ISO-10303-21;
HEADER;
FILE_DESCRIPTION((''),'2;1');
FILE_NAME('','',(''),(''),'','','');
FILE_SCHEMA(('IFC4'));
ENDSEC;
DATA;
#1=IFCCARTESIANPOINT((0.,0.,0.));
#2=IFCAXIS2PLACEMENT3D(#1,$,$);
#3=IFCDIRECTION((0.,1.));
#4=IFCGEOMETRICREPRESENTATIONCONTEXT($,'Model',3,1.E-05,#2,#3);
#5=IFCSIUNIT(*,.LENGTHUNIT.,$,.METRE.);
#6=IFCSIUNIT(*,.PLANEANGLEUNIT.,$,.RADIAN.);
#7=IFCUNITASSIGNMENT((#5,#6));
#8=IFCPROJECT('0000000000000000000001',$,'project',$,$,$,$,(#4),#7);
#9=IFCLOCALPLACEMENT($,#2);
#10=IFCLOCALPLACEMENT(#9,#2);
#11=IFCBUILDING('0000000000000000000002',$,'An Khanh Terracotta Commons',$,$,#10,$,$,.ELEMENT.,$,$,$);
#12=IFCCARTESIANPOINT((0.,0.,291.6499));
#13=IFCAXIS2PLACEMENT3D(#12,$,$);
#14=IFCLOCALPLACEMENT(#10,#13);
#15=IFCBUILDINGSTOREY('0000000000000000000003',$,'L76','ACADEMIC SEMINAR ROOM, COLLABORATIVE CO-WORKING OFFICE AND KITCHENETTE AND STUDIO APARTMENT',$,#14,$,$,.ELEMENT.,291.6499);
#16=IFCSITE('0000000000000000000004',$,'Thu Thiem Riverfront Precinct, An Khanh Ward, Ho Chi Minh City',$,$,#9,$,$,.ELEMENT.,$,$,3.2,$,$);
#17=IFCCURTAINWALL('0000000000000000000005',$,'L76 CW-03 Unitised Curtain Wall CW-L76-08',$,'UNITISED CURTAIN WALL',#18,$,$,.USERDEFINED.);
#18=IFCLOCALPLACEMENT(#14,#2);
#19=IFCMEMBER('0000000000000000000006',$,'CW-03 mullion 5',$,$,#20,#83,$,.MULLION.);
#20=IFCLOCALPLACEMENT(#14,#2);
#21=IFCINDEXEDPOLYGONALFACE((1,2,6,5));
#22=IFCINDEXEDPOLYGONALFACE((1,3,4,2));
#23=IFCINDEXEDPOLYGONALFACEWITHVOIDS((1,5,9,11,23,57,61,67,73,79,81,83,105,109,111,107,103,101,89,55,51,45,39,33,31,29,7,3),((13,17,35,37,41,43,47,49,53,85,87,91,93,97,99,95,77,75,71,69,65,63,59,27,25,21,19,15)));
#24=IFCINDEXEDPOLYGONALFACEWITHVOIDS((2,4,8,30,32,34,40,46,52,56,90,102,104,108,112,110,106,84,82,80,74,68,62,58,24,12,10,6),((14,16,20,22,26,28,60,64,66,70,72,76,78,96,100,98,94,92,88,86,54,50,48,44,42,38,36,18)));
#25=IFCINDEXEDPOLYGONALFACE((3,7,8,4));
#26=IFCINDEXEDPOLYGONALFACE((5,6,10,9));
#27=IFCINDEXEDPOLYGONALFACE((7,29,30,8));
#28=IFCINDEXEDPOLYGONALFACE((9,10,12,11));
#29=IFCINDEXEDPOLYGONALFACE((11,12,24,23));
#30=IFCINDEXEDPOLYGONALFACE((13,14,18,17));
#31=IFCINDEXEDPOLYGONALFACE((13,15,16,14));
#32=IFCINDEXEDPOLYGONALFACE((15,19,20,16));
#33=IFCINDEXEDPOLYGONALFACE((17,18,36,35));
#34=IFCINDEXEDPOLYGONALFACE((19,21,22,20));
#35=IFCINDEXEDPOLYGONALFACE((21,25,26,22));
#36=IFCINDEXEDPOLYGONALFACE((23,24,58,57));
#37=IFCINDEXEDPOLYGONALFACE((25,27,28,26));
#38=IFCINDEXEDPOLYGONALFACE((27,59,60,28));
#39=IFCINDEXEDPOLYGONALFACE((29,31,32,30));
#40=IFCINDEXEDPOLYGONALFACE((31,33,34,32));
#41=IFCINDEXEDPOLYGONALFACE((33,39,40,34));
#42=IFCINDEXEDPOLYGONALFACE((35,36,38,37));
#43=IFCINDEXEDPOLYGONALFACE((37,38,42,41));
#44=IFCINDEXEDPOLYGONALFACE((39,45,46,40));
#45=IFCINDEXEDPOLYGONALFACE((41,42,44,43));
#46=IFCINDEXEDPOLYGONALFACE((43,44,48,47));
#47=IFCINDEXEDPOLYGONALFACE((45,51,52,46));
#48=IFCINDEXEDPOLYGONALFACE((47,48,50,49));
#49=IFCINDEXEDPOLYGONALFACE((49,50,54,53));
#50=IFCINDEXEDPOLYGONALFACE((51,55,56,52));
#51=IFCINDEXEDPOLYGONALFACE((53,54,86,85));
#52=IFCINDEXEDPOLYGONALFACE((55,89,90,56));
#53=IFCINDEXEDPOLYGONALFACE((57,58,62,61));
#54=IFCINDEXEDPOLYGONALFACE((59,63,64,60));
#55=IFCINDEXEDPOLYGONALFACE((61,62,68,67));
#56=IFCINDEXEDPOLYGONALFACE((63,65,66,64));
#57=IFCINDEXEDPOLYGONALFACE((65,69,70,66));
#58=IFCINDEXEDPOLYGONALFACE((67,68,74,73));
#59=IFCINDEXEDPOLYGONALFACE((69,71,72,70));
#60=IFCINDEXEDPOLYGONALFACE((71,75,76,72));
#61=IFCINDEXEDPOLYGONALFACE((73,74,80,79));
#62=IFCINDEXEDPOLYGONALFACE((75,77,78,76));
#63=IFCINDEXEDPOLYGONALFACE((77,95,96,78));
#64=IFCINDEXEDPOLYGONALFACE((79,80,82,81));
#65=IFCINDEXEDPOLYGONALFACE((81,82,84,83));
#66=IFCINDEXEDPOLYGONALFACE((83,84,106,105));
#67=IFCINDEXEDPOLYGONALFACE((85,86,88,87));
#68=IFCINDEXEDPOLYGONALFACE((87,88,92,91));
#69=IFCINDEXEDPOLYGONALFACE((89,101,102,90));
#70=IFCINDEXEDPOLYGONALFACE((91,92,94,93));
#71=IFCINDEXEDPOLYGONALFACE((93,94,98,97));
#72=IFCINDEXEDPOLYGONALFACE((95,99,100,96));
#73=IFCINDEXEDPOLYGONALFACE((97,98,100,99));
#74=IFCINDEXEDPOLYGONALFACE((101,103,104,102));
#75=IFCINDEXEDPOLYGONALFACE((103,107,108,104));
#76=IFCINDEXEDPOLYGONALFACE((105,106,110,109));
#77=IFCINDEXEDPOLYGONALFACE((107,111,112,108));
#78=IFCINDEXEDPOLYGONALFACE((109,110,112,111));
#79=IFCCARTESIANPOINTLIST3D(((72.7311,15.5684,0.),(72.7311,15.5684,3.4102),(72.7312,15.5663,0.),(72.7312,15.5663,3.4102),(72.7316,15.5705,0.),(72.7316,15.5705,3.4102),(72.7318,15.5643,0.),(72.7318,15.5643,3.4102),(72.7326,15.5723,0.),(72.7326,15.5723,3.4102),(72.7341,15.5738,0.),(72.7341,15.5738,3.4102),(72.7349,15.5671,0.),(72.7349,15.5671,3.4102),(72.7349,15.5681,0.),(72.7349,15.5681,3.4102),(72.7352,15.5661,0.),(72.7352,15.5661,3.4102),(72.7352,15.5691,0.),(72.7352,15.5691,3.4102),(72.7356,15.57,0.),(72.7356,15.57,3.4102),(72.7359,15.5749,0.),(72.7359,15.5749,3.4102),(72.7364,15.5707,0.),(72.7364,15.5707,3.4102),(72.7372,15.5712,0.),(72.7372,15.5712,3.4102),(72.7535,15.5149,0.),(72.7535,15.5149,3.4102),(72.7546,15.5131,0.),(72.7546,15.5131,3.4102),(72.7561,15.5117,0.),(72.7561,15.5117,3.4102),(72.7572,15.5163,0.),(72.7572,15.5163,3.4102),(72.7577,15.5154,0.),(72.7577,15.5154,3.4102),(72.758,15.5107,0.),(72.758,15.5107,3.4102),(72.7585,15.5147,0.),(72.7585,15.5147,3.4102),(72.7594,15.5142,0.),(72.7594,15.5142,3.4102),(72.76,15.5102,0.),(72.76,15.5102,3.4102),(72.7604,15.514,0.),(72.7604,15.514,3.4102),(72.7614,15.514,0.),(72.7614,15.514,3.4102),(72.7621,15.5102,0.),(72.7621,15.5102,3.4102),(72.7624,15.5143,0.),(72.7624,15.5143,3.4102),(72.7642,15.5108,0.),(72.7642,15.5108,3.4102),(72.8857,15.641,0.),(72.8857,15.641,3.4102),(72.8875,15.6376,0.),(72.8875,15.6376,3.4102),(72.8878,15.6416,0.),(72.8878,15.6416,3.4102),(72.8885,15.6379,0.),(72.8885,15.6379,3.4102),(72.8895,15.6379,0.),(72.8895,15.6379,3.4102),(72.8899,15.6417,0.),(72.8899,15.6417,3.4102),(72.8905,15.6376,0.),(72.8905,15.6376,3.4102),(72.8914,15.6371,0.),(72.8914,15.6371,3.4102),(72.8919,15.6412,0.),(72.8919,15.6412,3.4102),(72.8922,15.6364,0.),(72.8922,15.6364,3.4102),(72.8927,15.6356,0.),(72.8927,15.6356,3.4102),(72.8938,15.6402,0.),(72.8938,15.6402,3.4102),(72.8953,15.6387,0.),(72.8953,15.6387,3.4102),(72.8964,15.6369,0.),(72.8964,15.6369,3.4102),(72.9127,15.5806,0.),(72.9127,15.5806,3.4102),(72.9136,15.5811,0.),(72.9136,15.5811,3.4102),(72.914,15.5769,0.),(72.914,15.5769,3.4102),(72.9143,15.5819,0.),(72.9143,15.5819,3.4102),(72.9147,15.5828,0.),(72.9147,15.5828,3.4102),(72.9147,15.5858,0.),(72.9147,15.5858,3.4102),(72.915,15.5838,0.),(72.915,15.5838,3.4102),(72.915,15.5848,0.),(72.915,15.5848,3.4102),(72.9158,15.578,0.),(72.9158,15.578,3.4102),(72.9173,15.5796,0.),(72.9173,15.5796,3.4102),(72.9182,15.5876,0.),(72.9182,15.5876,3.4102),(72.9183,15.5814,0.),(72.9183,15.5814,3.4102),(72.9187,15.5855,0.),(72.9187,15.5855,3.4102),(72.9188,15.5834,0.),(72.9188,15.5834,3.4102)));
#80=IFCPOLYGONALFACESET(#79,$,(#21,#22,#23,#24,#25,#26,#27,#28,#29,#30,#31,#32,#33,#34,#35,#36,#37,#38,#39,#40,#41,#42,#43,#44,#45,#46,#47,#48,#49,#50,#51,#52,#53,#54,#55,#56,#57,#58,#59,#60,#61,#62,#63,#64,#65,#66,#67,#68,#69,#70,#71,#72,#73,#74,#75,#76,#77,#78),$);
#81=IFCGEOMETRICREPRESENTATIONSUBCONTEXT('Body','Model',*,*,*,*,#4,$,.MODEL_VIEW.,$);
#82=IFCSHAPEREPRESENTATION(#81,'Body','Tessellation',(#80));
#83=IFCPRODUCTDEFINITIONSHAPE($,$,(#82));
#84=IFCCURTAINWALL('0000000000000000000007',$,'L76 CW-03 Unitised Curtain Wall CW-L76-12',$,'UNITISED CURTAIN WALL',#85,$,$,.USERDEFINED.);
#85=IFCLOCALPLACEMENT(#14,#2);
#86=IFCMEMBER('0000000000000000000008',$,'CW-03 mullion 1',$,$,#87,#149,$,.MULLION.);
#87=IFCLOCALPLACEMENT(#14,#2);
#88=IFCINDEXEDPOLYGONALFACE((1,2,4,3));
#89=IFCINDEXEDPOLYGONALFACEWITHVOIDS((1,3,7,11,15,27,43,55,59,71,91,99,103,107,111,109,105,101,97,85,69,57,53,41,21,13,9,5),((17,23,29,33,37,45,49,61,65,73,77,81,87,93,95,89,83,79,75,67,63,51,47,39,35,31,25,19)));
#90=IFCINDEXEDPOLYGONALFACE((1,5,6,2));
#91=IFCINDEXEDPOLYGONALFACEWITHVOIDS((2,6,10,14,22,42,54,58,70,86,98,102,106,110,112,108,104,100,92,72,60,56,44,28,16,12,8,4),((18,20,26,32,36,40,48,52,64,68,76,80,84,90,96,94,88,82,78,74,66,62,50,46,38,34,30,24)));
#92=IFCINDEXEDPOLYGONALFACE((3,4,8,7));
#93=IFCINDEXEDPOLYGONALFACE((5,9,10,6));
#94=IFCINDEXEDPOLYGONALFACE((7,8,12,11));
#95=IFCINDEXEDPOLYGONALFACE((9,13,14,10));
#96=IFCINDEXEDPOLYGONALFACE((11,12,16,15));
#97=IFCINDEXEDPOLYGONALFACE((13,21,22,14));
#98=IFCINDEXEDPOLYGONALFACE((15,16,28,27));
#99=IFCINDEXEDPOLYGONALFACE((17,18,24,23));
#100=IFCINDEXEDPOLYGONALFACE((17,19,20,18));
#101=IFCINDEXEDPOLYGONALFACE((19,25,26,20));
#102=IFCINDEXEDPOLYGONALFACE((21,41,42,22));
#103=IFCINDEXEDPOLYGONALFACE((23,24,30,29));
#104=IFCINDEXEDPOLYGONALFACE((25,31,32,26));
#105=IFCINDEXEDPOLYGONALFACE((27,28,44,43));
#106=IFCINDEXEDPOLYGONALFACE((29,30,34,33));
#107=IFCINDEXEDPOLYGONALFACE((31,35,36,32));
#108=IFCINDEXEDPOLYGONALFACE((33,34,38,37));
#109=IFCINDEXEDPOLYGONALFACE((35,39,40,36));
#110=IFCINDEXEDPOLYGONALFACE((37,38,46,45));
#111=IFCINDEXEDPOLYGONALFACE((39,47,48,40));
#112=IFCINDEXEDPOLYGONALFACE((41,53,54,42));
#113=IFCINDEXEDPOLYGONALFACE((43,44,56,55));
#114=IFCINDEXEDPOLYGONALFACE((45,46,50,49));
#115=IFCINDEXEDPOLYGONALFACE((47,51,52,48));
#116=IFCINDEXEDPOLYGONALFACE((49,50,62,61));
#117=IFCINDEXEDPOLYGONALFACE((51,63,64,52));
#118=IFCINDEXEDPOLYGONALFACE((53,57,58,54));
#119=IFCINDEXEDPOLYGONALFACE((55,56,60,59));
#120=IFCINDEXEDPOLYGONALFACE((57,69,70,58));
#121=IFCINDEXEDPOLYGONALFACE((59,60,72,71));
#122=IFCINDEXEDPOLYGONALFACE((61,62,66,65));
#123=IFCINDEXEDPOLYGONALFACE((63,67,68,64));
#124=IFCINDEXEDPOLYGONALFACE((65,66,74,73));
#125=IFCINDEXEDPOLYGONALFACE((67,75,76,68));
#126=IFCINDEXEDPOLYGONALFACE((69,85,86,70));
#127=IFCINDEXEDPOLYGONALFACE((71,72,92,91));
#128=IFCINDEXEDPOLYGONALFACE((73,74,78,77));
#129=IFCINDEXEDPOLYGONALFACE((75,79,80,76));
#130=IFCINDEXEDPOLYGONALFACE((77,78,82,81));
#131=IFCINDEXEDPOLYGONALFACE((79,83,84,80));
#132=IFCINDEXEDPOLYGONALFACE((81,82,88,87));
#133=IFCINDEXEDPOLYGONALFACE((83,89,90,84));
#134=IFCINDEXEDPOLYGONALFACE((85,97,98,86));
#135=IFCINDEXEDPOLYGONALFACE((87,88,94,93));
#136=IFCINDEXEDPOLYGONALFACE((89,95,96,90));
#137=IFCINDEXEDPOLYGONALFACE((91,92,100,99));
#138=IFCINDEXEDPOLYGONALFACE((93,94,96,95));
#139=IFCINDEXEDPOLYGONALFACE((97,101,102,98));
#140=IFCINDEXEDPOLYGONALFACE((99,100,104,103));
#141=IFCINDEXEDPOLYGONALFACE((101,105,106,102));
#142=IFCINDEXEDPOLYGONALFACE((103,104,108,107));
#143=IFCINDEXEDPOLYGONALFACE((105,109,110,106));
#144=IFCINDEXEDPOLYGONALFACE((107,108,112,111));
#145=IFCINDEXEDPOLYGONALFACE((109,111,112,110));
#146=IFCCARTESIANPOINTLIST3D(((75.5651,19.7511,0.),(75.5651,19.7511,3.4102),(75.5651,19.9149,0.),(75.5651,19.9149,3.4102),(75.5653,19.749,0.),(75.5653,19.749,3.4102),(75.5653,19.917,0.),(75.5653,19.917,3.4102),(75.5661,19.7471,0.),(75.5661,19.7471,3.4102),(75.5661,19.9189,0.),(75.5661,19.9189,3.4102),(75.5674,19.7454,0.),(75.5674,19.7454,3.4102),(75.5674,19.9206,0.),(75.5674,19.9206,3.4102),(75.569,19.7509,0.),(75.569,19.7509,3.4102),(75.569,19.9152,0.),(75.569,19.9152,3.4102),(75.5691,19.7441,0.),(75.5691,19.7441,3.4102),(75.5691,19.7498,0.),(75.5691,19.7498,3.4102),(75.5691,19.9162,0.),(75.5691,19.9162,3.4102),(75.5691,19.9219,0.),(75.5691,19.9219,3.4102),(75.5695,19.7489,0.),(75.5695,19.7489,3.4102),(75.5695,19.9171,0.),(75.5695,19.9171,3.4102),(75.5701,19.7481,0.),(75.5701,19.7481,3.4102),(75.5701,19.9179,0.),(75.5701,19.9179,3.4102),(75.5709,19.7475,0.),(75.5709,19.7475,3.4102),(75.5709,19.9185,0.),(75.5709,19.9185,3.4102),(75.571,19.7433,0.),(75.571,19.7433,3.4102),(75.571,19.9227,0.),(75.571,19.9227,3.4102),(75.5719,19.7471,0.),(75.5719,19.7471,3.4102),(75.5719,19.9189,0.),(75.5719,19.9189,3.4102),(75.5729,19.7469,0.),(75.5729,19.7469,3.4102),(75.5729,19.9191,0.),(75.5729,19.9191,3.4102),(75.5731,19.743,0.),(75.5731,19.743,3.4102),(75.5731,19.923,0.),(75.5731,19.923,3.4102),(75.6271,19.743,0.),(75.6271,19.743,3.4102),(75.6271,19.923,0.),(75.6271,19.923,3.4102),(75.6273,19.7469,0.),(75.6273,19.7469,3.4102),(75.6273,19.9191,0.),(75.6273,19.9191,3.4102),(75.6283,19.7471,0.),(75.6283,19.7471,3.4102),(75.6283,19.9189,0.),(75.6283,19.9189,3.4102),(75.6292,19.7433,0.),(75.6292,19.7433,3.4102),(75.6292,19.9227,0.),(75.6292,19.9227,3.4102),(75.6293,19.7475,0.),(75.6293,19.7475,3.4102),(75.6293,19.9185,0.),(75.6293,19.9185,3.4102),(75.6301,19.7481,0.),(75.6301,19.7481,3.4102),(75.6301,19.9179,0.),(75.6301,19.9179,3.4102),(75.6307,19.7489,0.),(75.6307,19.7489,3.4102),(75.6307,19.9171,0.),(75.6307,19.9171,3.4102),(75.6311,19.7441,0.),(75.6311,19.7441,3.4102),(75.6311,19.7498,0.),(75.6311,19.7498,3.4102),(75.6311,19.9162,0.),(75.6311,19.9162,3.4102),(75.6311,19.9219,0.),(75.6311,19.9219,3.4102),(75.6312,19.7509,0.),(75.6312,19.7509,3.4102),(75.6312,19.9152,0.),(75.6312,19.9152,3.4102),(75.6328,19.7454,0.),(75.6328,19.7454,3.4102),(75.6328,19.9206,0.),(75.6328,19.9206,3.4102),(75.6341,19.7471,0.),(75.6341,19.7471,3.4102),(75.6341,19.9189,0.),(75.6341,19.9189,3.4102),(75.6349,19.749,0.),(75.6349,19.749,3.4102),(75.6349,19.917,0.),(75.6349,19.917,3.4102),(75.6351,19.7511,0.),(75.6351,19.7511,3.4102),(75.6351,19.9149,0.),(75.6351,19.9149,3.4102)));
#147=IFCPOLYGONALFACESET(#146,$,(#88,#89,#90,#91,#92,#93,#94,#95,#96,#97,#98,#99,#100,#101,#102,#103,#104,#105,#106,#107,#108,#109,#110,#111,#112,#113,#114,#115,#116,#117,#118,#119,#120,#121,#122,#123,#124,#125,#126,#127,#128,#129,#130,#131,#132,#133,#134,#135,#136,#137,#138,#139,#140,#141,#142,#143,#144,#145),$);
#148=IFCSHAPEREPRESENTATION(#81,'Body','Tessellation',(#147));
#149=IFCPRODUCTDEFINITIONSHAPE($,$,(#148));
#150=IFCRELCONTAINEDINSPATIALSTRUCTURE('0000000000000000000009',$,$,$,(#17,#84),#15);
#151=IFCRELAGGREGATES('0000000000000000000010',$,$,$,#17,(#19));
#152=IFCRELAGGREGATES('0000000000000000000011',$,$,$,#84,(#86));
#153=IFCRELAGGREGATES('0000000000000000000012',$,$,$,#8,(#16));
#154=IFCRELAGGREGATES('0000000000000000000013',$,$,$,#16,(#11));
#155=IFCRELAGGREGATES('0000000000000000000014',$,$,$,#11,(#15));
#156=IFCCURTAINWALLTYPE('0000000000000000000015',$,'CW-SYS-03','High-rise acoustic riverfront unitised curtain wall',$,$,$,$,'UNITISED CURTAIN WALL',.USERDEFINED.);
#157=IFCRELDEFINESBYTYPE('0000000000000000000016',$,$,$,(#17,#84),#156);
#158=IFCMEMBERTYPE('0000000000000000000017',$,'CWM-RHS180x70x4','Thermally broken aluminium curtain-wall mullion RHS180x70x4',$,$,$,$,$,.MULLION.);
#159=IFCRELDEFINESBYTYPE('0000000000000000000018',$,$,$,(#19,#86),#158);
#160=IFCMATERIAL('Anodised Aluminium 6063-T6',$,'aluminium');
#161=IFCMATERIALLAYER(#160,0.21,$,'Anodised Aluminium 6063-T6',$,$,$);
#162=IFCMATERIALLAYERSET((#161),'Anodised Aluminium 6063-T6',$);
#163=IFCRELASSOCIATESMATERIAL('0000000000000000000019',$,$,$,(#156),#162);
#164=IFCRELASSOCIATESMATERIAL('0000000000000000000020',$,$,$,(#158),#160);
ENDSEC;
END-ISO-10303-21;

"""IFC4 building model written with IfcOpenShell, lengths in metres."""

from ifc_helpers import new_model, si_unit, direction, frame, origin, origin_2d, place, context, subcontext, project, spatial, hollow_rectangle, extrude, material, layer, layer_set, material_profile, profile_set, type_object, element, aggregate, save


model = new_model("IFC4")

# Units and contexts
model_context = context("Model", 3, precision=1e-05, world=origin(), true_north=direction((0.0, 1.0)))
body_context = subcontext(model_context, "Body", "Model", "MODEL_VIEW")
ifc_project = project(units=[si_unit("LENGTHUNIT", "METRE"), si_unit("PLANEANGLEUNIT", "RADIAN")], contexts=[model_context])

# Site, building, storey
site_placement = place(None, origin())
site = spatial("IfcSite", under=ifc_project, at=site_placement, Name="Thu Thiem Riverfront Precinct, An Khanh Ward, Ho Chi Minh City", CompositionType="ELEMENT", RefElevation=3.2)
building_placement = place(site_placement, origin())
building = spatial("IfcBuilding", under=site, at=building_placement, Name="An Khanh Terracotta Commons", CompositionType="ELEMENT")
storey_placement = place(building_placement, frame((0.0, 0.0, 291.6499)))
storey = spatial("IfcBuildingStorey", under=building, at=storey_placement, Name="L76", Description="ACADEMIC SEMINAR ROOM, COLLABORATIVE CO-WORKING OFFICE AND KITCHENETTE AND STUDIO APARTMENT", CompositionType="ELEMENT", Elevation=291.6499)

# Curtain walls, members
ifc_material_1 = material(Name="Anodised Aluminium 6063-T6", Category="aluminium")
ifc_layer_1 = layer(ifc_material_1, 0.21, Name="Anodised Aluminium 6063-T6")
ifc_layer_set_1 = layer_set([ifc_layer_1], Name="Anodised Aluminium 6063-T6")
curtain_wall_type = type_object("IfcCurtainWallType", Name="CW-SYS-03", Description="High-rise acoustic riverfront unitised curtain wall", ElementType="UNITISED CURTAIN WALL", PredefinedType="USERDEFINED", material=ifc_layer_set_1)
curtain_wall_1_placement = place(storey_placement, origin())
curtain_wall_1 = element("IfcCurtainWall", 1, at=curtain_wall_1_placement, inside=storey, type_object=curtain_wall_type, Name="L76 CW-03 Unitised Curtain Wall CW-L76-08", ObjectType="UNITISED CURTAIN WALL", PredefinedType="USERDEFINED")
ifc_material_profile_1 = material_profile(ifc_material_1, hollow_rectangle(XDim=0.0701, YDim=0.1799, WallThickness=0.0039, InnerFilletRadius=0.0039, OuterFilletRadius=0.0081, at=origin_2d()), Name="RHS180x70x4")
ifc_profile_set_1 = profile_set([ifc_material_profile_1], Name="Anodised Aluminium 6063-T6")
member_type_1 = type_object("IfcMemberType", Name="CWM-RHS180x70x4", Description="Thermally broken aluminium curtain-wall mullion RHS180x70x4", PredefinedType="MULLION", material=ifc_profile_set_1)
member_1_placement = place(storey_placement, frame((72.825, 15.5759, 0.0), z_axis=(0.0, 0.0, 1.0), x_axis=(-0.403676, 0.914902, 0.0)))
member_1 = element("IfcMember", 2, at=member_1_placement, type_object=member_type_1, Name="CW-03 mullion 5", PredefinedType="MULLION", context=body_context, shape_type="SweptSolid", body=[
    extrude(hollow_rectangle(XDim=0.0701, YDim=0.1799, WallThickness=0.0039, InnerFilletRadius=0.0039, OuterFilletRadius=0.0081, at=origin_2d()), origin(), (0.0, 0.0, 1.0), 3.4102),
])
curtain_wall_2_placement = place(storey_placement, origin())
curtain_wall_2 = element("IfcCurtainWall", 3, at=curtain_wall_2_placement, inside=storey, type_object=curtain_wall_type, Name="L76 CW-03 Unitised Curtain Wall CW-L76-12", ObjectType="UNITISED CURTAIN WALL", PredefinedType="USERDEFINED")
member_2_placement = place(storey_placement, frame((75.6001, 19.833, 0.0), z_axis=(0.0, 0.0, 1.0), x_axis=(-1.0, 0.0, 0.0)))
member_2 = element("IfcMember", 4, at=member_2_placement, type_object=member_type_1, Name="CW-03 mullion 1", PredefinedType="MULLION", context=body_context, shape_type="SweptSolid", body=[
    extrude(hollow_rectangle(XDim=0.0701, YDim=0.1799, WallThickness=0.0039, InnerFilletRadius=0.0039, OuterFilletRadius=0.0081, at=origin_2d()), origin(), (0.0, 0.0, 1.0), 3.4102),
])

aggregate(curtain_wall_1, [member_1])
aggregate(curtain_wall_2, [member_2])

save(model, "model.ifc")
